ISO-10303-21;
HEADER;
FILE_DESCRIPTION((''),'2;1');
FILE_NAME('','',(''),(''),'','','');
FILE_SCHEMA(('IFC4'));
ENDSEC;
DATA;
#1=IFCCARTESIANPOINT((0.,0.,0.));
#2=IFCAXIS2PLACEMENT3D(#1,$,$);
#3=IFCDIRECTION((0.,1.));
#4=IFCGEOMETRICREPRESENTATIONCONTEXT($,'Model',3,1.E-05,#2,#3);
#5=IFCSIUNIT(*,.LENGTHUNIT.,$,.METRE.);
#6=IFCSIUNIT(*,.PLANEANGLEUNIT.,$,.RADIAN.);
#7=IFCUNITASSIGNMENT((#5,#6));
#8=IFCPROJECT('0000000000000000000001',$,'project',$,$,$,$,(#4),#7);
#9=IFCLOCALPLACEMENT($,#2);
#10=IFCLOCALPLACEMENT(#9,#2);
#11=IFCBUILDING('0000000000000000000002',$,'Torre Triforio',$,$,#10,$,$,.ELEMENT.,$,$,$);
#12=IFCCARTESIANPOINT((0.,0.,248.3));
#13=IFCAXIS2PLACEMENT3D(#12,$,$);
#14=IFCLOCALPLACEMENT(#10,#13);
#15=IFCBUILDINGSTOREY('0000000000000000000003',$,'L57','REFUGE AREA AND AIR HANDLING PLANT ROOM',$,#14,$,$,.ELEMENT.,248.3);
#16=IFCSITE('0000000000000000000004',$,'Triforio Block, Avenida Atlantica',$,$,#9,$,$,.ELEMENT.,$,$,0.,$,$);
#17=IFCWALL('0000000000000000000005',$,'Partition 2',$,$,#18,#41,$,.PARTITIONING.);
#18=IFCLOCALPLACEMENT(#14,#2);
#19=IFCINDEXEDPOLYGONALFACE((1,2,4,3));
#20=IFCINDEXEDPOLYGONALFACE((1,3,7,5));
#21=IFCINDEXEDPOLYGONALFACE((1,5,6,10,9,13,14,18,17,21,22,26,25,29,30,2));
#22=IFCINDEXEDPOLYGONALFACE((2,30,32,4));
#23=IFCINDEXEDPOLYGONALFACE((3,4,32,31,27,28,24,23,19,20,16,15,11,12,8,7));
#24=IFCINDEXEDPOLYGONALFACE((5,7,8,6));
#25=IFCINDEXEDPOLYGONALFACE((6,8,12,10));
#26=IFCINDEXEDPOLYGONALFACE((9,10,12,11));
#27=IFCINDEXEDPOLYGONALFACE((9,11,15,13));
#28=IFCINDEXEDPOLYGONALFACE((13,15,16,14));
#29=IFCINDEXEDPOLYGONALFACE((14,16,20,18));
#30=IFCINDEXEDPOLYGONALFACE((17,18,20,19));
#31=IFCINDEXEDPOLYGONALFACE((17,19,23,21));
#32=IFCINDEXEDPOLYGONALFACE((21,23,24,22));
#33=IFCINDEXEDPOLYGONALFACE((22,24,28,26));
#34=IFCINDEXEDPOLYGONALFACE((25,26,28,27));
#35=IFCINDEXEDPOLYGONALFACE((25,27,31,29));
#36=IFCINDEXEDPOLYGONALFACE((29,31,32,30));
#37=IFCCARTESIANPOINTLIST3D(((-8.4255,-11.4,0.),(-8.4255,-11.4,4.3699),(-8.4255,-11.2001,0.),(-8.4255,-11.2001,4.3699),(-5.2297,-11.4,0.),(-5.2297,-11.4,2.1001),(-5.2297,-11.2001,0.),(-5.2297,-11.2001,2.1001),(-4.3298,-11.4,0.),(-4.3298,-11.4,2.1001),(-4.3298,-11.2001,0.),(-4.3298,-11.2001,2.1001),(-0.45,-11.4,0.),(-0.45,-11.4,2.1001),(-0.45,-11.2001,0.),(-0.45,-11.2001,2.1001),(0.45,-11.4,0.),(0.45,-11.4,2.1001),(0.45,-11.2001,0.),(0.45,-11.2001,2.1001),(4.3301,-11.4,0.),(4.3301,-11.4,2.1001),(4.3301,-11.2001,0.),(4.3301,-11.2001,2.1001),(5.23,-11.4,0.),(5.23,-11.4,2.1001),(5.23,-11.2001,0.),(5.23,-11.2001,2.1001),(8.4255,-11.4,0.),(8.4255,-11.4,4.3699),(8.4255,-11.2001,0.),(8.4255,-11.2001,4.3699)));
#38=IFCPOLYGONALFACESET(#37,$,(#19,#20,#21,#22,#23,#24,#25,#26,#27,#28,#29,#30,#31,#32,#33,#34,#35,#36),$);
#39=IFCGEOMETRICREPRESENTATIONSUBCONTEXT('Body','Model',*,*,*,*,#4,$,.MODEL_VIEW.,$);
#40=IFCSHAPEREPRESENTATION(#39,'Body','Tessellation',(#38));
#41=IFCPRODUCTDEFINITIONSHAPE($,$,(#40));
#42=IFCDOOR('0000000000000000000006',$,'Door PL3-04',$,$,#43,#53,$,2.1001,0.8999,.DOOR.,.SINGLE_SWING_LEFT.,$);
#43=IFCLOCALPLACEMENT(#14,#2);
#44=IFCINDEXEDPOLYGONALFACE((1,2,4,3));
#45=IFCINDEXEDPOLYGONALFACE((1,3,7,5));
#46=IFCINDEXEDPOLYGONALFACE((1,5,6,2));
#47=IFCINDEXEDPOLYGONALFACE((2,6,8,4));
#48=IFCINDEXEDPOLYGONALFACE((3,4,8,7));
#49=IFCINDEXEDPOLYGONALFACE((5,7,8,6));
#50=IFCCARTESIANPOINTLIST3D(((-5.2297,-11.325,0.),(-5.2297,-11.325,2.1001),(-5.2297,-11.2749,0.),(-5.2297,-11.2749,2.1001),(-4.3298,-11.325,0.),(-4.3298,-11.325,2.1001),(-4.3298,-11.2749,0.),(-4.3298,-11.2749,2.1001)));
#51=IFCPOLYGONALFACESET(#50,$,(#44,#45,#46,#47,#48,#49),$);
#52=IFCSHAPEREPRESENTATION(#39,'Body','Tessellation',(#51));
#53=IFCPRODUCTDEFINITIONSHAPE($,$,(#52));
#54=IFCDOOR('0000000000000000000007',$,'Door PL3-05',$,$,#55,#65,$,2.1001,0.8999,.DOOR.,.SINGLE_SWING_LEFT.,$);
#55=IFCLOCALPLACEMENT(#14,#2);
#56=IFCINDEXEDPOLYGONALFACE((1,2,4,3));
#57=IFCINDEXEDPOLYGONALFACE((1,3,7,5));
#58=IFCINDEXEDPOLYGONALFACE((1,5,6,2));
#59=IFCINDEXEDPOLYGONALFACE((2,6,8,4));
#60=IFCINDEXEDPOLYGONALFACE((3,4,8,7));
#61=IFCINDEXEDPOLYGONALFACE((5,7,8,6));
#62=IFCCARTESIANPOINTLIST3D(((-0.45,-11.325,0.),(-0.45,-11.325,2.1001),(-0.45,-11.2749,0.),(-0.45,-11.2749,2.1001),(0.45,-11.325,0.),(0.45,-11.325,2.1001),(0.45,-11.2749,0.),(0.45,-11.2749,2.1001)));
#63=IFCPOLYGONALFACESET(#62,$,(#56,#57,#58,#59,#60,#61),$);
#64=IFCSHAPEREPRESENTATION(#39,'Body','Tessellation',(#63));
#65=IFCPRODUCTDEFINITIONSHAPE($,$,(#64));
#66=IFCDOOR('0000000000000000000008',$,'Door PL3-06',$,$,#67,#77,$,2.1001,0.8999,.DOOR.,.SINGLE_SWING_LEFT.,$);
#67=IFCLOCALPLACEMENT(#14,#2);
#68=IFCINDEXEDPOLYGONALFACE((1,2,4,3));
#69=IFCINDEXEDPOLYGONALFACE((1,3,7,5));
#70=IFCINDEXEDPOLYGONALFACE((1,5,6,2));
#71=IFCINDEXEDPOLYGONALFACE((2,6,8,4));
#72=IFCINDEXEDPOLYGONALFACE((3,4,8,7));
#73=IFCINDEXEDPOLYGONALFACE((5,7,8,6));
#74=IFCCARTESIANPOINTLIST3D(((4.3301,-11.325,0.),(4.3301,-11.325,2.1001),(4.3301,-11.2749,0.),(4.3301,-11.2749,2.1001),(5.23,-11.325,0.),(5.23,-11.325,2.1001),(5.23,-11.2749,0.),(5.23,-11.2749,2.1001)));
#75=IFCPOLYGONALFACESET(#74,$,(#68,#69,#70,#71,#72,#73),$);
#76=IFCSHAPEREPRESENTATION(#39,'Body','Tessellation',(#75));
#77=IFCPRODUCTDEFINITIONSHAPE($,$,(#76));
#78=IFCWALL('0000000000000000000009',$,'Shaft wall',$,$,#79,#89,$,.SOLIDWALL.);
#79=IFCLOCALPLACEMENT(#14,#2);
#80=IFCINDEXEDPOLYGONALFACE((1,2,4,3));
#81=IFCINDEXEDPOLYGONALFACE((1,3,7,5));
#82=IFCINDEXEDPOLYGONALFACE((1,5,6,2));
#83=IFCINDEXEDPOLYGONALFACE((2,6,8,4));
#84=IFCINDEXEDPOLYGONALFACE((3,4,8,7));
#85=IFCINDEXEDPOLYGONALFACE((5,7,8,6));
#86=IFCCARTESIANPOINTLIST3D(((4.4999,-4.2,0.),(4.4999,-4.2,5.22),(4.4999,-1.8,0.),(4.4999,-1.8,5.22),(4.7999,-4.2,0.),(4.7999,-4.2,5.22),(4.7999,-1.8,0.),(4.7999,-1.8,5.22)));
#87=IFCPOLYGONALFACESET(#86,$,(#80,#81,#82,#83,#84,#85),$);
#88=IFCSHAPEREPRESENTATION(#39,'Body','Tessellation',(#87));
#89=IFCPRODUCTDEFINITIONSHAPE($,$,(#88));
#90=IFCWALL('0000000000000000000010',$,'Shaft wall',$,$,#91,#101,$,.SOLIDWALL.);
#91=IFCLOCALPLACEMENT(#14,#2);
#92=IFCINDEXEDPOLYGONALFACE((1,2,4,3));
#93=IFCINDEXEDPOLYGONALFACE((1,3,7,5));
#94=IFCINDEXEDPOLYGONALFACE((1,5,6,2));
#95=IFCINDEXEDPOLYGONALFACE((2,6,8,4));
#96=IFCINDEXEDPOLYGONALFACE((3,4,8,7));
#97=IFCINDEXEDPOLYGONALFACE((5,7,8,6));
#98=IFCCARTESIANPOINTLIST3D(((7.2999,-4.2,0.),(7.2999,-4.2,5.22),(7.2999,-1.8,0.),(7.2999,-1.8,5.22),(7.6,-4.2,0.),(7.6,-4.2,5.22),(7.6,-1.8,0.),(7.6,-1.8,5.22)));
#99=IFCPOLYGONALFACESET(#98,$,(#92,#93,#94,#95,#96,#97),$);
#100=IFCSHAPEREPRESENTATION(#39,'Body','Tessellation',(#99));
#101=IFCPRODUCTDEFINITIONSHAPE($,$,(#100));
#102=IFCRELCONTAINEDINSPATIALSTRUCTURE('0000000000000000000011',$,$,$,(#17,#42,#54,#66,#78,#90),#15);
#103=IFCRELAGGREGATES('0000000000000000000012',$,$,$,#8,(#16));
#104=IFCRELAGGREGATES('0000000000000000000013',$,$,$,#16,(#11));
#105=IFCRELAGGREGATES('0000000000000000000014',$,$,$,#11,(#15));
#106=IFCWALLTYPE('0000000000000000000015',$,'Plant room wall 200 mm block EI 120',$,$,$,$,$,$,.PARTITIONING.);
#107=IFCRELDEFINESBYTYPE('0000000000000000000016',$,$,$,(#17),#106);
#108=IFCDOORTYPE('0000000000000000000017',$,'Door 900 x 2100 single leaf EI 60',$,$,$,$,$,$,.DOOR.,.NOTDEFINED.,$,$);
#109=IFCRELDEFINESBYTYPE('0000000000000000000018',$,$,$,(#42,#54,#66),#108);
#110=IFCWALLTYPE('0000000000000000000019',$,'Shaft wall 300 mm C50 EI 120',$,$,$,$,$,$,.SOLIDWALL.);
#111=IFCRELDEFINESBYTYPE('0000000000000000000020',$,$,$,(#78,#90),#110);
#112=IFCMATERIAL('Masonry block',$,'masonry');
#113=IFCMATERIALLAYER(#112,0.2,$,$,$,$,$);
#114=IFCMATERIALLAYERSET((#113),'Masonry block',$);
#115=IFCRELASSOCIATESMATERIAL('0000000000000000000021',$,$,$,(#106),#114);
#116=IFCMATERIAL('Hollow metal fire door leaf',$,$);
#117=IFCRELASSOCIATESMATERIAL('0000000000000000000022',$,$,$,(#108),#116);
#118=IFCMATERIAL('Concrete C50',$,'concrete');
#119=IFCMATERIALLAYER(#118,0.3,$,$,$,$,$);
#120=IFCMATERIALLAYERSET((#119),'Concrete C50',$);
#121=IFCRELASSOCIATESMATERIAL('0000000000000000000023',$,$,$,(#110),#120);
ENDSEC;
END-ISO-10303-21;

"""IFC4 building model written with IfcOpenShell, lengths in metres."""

from ifc_helpers import new_model, si_unit, direction, frame, frame_2d, origin, place, context, subcontext, project, spatial, rectangle, extrude, material, layer, layer_set, type_object, element, fill, save


model = new_model("IFC4")

# Units and contexts
model_context = context("Model", 3, precision=1e-05, world=origin(), true_north=direction((0.0, 1.0)))
body_context = subcontext(model_context, "Body", "Model", "MODEL_VIEW")
ifc_project = project(units=[si_unit("LENGTHUNIT", "METRE"), si_unit("PLANEANGLEUNIT", "RADIAN")], contexts=[model_context])

# Site, building, storey
site_placement = place(None, origin())
site = spatial("IfcSite", under=ifc_project, at=site_placement, Name="Triforio Block, Avenida Atlantica", CompositionType="ELEMENT", RefElevation=0.0)
building_placement = place(site_placement, origin())
building = spatial("IfcBuilding", under=site, at=building_placement, Name="Torre Triforio", CompositionType="ELEMENT")
storey_placement = place(building_placement, frame((0.0, 0.0, 248.3)))
storey = spatial("IfcBuildingStorey", under=building, at=storey_placement, Name="L57", Description="REFUGE AREA AND AIR HANDLING PLANT ROOM", CompositionType="ELEMENT", Elevation=248.3)

# Shared definitions
ifc_material_1 = material(Name="Concrete C50", Category="concrete")
ifc_material_2 = material(Name="Hollow metal fire door leaf")

# Wall, openings, doors
ifc_material_3 = material(Name="Masonry block", Category="masonry")
ifc_layer_1 = layer(ifc_material_3, 0.2)
ifc_layer_set_1 = layer_set([ifc_layer_1], Name="Masonry block")
wall_type_1 = type_object("IfcWallType", Name="Plant room wall 200 mm block EI 120", PredefinedType="PARTITIONING", material=ifc_layer_set_1)
wall_1_placement = place(storey_placement, frame((8.4255, -11.3, 0.0), z_axis=(0.0, 0.0, 1.0), x_axis=(-1.0, 0.0, 0.0)))
wall_1 = element("IfcWall", 1, at=wall_1_placement, inside=storey, type_object=wall_type_1, Name="Partition 2", PredefinedType="PARTITIONING", context=body_context, shape_type="SweptSolid", body=[
    extrude(rectangle(XDim=16.8511, YDim=0.2, at=frame_2d((8.4255, 0.0))), origin(), (0.0, 0.0, 1.0), 4.3699),
])
opening_1_placement = place(wall_1_placement, frame((12.7554, 0.0, 0.0)))
opening_1 = element("IfcOpeningElement", 2, at=opening_1_placement, cuts=wall_1, PredefinedType="OPENING", context=body_context, shape_type="SweptSolid", body=[
    extrude(rectangle(XDim=0.8999, YDim=2.1001, at=frame_2d((0.45, 1.05))), frame((0.0, 0.1099, 0.0), z_axis=(0.0, -1.0, 0.0), x_axis=(1.0, 0.0, 0.0)), (0.0, 0.0, 1.0), 0.22),
])
opening_2_placement = place(wall_1_placement, frame((7.9756, 0.0, 0.0)))
opening_2 = element("IfcOpeningElement", 3, at=opening_2_placement, cuts=wall_1, PredefinedType="OPENING", context=body_context, shape_type="SweptSolid", body=[
    extrude(rectangle(XDim=0.8999, YDim=2.1001, at=frame_2d((0.45, 1.05))), frame((0.0, 0.1099, 0.0), z_axis=(0.0, -1.0, 0.0), x_axis=(1.0, 0.0, 0.0)), (0.0, 0.0, 1.0), 0.22),
])
opening_3_placement = place(wall_1_placement, frame((3.1956, 0.0, 0.0)))
opening_3 = element("IfcOpeningElement", 4, at=opening_3_placement, cuts=wall_1, PredefinedType="OPENING", context=body_context, shape_type="SweptSolid", body=[
    extrude(rectangle(XDim=0.8999, YDim=2.1001, at=frame_2d((0.45, 1.05))), frame((0.0, 0.1099, 0.0), z_axis=(0.0, -1.0, 0.0), x_axis=(1.0, 0.0, 0.0)), (0.0, 0.0, 1.0), 0.22),
])
door_type_1 = type_object("IfcDoorType", Name="Door 900 x 2100 single leaf EI 60", OperationType="NOTDEFINED", PredefinedType="DOOR", material=ifc_material_2)
door_1_placement = place(opening_1_placement, origin())
door_1 = element("IfcDoor", 5, at=door_1_placement, inside=storey, type_object=door_type_1, Name="Door PL3-04", OperationType="SINGLE_SWING_LEFT", OverallHeight=2.1001, OverallWidth=0.8999, PredefinedType="DOOR", context=body_context, shape_type="SweptSolid", body=[
    extrude(rectangle(XDim=0.8999, YDim=2.1001, at=frame_2d((0.45, 1.05))), frame((0.0, 0.0249, 0.0), z_axis=(0.0, -1.0, 0.0), x_axis=(1.0, 0.0, 0.0)), (0.0, 0.0, 1.0), 0.05),
])
fill(opening_1, door_1)
door_2_placement = place(opening_2_placement, origin())
door_2 = element("IfcDoor", 6, at=door_2_placement, inside=storey, type_object=door_type_1, Name="Door PL3-05", OperationType="SINGLE_SWING_LEFT", OverallHeight=2.1001, OverallWidth=0.8999, PredefinedType="DOOR", context=body_context, shape_type="SweptSolid", body=[
    extrude(rectangle(XDim=0.8999, YDim=2.1001, at=frame_2d((0.45, 1.05))), frame((0.0, 0.0249, 0.0), z_axis=(0.0, -1.0, 0.0), x_axis=(1.0, 0.0, 0.0)), (0.0, 0.0, 1.0), 0.05),
])
fill(opening_2, door_2)
door_3_placement = place(opening_3_placement, origin())
door_3 = element("IfcDoor", 7, at=door_3_placement, inside=storey, type_object=door_type_1, Name="Door PL3-06", OperationType="SINGLE_SWING_LEFT", OverallHeight=2.1001, OverallWidth=0.8999, PredefinedType="DOOR", context=body_context, shape_type="SweptSolid", body=[
    extrude(rectangle(XDim=0.8999, YDim=2.1001, at=frame_2d((0.45, 1.05))), frame((0.0, 0.0249, 0.0), z_axis=(0.0, -1.0, 0.0), x_axis=(1.0, 0.0, 0.0)), (0.0, 0.0, 1.0), 0.05),
])
fill(opening_3, door_3)

# Walls
ifc_layer_2 = layer(ifc_material_1, 0.3)
ifc_layer_set_2 = layer_set([ifc_layer_2], Name="Concrete C50")
wall_type_2 = type_object("IfcWallType", Name="Shaft wall 300 mm C50 EI 120", PredefinedType="SOLIDWALL", material=ifc_layer_set_2)
for number, where, z_axis, x_axis, name in (
    (8, (4.6499, -4.2, 0.0), (0.0, 0.0, 1.0), (0.0, 1.0, 0.0), "Shaft wall"),
    (9, (7.45, -4.2, 0.0), (0.0, 0.0, 1.0), (0.0, 1.0, 0.0), "Shaft wall"),
):
    element("IfcWall", number, at=place(storey_placement, frame(where, z_axis=z_axis, x_axis=x_axis)), inside=storey, type_object=wall_type_2, Name=name, PredefinedType="SOLIDWALL", context=body_context, shape_type="SweptSolid", body=[
        extrude(rectangle(XDim=2.3999, YDim=0.3, at=frame_2d((1.2, 0.0))), origin(), (0.0, 0.0, 1.0), 5.22),
    ])

save(model, "model.ifc")
